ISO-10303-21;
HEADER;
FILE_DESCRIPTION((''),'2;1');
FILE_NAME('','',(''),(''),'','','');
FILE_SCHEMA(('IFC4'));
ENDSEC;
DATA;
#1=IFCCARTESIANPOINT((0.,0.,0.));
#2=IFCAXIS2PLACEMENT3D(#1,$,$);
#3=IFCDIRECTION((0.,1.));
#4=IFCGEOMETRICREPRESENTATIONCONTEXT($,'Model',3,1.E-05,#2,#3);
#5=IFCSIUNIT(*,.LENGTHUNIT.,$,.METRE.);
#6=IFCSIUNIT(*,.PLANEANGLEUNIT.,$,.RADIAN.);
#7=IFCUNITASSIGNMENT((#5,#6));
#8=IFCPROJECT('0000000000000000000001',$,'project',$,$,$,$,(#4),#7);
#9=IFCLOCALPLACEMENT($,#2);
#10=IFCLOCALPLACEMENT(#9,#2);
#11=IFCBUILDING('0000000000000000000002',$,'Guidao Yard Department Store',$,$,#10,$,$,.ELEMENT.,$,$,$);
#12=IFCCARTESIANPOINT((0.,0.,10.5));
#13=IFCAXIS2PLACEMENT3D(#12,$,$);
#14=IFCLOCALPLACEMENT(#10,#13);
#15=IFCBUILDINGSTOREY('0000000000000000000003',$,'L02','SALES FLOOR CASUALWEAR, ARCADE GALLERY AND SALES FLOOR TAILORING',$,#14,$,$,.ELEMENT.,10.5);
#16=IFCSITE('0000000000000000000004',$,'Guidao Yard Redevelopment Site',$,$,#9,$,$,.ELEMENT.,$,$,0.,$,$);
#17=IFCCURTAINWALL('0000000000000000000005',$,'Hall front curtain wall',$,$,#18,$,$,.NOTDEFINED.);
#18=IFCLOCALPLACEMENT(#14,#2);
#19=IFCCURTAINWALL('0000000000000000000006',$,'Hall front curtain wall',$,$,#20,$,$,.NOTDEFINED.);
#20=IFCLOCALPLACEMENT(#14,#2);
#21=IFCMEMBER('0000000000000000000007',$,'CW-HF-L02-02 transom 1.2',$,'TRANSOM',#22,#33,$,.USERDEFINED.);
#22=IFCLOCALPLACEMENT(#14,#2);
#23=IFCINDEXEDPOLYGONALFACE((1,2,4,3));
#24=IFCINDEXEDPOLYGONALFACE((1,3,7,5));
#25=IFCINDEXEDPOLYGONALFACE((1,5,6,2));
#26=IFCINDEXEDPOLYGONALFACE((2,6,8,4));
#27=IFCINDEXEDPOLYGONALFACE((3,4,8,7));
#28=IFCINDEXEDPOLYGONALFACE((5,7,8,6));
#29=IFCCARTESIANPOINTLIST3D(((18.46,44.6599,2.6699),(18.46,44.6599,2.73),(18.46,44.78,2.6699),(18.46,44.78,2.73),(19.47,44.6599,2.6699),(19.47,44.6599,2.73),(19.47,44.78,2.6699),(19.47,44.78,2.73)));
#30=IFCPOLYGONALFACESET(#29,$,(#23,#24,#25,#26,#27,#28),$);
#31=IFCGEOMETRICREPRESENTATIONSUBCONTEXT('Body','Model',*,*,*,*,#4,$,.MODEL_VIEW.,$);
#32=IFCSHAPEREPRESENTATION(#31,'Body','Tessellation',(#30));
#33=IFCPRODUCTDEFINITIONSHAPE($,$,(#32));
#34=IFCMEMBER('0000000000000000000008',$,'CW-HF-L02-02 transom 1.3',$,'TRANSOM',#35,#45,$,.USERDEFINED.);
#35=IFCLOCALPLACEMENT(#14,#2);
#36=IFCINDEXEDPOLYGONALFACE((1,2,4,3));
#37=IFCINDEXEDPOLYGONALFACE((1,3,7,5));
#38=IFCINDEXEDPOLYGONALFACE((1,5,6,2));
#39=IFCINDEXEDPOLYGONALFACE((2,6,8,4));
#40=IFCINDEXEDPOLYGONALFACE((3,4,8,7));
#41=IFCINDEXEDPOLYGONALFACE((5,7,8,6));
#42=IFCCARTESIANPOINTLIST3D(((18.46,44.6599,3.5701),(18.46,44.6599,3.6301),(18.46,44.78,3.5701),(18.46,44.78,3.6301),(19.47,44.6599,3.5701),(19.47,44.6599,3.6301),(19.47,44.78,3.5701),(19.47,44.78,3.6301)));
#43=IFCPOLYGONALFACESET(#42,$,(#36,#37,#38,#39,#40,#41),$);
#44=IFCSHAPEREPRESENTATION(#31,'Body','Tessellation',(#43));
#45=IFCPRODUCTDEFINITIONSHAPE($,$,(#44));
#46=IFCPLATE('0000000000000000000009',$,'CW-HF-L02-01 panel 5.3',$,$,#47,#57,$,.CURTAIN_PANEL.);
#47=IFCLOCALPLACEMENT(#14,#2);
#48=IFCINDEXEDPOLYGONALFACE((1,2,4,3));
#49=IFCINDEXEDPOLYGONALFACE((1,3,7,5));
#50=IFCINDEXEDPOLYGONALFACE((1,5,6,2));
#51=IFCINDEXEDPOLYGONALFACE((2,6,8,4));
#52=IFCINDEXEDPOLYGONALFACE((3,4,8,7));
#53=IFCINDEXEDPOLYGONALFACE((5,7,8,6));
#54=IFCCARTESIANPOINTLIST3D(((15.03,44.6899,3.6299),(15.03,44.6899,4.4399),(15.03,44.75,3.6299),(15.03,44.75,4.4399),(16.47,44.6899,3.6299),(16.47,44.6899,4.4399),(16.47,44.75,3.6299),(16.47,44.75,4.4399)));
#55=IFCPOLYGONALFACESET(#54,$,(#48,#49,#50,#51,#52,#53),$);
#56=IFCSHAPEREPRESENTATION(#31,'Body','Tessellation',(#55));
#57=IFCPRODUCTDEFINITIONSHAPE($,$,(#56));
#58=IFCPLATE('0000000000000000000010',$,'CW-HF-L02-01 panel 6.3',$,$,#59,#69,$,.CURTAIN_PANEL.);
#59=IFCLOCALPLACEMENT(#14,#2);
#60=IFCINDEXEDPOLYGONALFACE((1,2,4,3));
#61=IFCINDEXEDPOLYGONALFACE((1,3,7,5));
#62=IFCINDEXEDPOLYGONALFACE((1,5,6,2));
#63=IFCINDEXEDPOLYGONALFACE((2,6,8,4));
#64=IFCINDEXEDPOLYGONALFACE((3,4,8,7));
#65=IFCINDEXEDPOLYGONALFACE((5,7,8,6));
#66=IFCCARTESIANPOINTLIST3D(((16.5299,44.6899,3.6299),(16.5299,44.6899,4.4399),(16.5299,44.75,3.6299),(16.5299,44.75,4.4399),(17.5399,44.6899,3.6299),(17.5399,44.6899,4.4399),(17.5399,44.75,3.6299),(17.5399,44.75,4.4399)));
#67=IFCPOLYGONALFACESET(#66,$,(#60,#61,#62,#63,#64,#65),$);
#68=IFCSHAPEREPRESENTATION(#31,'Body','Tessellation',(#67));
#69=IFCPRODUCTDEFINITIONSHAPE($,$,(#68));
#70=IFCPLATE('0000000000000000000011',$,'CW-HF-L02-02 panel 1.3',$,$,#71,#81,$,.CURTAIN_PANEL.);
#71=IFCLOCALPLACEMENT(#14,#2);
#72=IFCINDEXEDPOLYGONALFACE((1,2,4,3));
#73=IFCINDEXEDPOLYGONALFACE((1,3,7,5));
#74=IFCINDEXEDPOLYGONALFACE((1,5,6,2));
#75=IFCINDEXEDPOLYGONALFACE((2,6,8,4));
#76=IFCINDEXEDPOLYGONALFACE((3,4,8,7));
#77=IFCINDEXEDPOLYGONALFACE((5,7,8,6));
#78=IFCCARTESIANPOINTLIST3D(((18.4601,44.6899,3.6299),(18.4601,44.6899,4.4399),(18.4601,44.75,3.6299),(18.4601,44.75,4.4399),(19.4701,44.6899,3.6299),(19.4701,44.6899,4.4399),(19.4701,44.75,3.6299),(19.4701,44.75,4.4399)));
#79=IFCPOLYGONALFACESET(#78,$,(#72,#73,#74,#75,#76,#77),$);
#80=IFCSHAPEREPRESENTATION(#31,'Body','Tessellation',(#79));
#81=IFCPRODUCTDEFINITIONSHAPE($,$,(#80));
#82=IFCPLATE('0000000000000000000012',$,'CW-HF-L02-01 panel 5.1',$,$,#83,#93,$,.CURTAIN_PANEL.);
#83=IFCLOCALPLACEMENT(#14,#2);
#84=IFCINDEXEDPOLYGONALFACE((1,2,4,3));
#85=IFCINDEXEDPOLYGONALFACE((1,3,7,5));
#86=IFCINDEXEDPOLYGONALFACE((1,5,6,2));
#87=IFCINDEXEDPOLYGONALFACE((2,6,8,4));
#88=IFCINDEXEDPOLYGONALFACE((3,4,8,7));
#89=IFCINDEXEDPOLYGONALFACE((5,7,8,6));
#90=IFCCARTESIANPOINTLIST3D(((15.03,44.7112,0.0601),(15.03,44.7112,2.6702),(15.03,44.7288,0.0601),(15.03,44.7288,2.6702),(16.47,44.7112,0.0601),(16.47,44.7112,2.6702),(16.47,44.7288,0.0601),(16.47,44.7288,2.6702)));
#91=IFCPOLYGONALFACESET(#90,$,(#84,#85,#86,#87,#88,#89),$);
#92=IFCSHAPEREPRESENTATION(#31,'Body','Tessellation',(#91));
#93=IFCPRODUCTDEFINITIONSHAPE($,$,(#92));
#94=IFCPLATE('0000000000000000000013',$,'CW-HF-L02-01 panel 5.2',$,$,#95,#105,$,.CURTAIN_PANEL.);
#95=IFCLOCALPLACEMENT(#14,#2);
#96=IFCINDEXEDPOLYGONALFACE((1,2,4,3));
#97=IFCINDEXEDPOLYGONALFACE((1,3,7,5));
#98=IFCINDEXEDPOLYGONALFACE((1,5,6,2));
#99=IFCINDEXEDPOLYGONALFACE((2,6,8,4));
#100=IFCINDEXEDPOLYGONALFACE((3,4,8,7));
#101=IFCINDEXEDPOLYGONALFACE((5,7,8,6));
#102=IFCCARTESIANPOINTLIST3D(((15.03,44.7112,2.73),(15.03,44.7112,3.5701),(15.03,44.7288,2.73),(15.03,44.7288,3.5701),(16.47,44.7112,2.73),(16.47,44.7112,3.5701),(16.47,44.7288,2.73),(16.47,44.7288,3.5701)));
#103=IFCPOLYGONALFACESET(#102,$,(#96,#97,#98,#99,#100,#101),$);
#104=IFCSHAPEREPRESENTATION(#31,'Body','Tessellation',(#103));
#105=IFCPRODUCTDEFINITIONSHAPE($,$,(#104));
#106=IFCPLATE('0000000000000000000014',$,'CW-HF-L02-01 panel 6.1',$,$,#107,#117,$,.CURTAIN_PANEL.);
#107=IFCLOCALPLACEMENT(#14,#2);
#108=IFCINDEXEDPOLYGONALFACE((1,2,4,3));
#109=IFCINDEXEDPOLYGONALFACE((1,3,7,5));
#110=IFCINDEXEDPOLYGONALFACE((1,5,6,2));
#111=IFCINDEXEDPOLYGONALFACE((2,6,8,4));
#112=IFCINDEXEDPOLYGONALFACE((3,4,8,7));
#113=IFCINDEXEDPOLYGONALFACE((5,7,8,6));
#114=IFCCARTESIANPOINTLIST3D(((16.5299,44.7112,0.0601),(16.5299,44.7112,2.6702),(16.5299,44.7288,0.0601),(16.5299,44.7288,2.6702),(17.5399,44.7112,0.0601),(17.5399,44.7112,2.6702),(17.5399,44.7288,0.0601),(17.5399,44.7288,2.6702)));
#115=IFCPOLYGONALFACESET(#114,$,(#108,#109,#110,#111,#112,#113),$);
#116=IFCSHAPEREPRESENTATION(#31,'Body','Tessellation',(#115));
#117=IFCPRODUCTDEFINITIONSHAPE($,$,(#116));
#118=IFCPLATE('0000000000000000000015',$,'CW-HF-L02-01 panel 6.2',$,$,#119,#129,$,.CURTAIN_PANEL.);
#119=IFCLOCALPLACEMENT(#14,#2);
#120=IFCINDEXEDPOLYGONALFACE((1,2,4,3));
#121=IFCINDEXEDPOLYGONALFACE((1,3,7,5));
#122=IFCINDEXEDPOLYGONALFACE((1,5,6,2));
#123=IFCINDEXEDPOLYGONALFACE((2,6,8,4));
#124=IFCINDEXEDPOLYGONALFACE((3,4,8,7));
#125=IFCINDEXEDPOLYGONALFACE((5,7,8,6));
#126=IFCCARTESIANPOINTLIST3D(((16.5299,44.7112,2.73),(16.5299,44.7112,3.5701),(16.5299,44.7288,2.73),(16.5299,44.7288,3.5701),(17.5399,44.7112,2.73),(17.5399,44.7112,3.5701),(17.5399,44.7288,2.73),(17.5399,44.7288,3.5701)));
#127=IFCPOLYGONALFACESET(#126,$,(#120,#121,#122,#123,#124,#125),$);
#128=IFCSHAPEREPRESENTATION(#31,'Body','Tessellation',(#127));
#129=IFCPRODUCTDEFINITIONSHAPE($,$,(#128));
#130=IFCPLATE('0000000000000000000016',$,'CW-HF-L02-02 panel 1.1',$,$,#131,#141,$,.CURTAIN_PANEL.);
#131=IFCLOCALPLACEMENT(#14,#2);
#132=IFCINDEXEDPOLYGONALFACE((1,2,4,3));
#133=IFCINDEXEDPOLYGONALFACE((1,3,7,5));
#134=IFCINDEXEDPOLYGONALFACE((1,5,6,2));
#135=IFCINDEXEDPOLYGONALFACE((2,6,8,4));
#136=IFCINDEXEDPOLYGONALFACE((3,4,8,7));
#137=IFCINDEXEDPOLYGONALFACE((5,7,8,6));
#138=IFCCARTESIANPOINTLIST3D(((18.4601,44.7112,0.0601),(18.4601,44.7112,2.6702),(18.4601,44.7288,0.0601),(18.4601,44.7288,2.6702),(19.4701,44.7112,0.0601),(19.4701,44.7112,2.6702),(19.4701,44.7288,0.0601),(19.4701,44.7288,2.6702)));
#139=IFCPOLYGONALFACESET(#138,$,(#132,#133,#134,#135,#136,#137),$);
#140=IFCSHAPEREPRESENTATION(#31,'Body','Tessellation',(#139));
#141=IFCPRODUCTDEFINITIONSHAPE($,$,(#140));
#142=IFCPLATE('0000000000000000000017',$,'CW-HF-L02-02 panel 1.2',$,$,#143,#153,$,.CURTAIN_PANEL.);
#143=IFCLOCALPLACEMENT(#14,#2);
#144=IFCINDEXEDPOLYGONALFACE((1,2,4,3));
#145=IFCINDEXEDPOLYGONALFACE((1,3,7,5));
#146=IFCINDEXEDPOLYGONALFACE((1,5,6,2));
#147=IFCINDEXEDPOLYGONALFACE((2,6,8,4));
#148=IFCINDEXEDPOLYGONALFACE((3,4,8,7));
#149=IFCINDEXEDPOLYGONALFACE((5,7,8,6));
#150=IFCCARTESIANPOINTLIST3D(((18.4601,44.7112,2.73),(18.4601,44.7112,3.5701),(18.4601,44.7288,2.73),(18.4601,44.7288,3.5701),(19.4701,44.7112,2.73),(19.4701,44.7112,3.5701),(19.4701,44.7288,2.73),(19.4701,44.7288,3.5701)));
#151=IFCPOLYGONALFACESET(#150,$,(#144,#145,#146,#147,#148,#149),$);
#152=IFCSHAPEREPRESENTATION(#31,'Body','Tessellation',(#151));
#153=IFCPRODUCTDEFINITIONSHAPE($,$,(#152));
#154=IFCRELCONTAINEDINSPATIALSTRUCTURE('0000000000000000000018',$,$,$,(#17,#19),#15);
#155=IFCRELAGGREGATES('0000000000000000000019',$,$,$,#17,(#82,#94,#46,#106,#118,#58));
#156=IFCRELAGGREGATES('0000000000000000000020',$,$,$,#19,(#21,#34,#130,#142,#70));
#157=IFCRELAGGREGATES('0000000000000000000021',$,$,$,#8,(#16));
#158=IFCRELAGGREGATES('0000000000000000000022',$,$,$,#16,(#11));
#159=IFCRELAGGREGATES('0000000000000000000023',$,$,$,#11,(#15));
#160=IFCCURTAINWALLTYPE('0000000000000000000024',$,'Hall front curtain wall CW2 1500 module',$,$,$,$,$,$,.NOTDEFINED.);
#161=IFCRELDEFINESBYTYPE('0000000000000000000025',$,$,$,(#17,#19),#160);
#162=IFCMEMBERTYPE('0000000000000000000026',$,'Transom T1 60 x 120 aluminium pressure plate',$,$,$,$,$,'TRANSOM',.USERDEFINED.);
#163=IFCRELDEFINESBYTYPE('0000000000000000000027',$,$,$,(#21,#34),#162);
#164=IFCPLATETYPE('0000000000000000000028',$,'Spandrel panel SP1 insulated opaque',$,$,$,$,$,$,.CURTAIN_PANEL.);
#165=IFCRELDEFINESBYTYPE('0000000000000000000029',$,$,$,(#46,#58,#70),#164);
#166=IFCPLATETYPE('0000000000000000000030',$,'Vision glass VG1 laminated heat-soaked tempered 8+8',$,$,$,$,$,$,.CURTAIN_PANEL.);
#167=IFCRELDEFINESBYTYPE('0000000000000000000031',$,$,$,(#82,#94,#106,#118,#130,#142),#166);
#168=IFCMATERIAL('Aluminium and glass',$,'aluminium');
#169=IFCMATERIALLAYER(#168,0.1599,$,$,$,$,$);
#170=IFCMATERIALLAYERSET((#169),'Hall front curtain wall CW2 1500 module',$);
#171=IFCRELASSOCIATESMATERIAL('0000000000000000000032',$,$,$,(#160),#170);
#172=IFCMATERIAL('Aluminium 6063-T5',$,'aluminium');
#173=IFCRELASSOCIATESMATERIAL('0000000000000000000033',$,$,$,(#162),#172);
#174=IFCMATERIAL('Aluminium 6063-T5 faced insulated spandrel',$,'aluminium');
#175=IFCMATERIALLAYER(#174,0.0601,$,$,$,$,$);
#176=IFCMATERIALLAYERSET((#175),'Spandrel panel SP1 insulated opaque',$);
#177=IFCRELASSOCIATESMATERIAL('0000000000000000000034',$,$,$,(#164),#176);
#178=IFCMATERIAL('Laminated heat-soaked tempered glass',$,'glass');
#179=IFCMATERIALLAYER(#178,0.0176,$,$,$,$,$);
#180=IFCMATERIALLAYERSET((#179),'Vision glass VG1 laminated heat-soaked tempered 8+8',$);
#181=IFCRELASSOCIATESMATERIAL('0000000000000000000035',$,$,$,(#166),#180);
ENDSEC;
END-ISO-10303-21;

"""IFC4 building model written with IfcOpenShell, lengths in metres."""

from ifc_helpers import new_model, si_unit, direction, frame, origin, origin_2d, place, context, subcontext, project, spatial, rectangle, extrude, material, layer, layer_set, material_profile, profile_set, type_object, element, aggregate, save


model = new_model("IFC4")

# Units and contexts
model_context = context("Model", 3, precision=1e-05, world=origin(), true_north=direction((0.0, 1.0)))
body_context = subcontext(model_context, "Body", "Model", "MODEL_VIEW")
ifc_project = project(units=[si_unit("LENGTHUNIT", "METRE"), si_unit("PLANEANGLEUNIT", "RADIAN")], contexts=[model_context])

# Site, building, storey
site_placement = place(None, origin())
site = spatial("IfcSite", under=ifc_project, at=site_placement, Name="Guidao Yard Redevelopment Site", CompositionType="ELEMENT", RefElevation=0.0)
building_placement = place(site_placement, origin())
building = spatial("IfcBuilding", under=site, at=building_placement, Name="Guidao Yard Department Store", CompositionType="ELEMENT")
storey_placement = place(building_placement, frame((0.0, 0.0, 10.5)))
storey = spatial("IfcBuildingStorey", under=building, at=storey_placement, Name="L02", Description="SALES FLOOR CASUALWEAR, ARCADE GALLERY AND SALES FLOOR TAILORING", CompositionType="ELEMENT", Elevation=10.5)

# Curtain wall
ifc_material_1 = material(Name="Aluminium and glass", Category="aluminium")
ifc_layer_1 = layer(ifc_material_1, 0.1599)
ifc_layer_set_1 = layer_set([ifc_layer_1], Name="Hall front curtain wall CW2 1500 module")
curtain_wall_type = type_object("IfcCurtainWallType", Name="Hall front curtain wall CW2 1500 module", PredefinedType="NOTDEFINED", material=ifc_layer_set_1)
curtain_wall_1_placement = place(storey_placement, origin())
curtain_wall_1 = element("IfcCurtainWall", 1, at=curtain_wall_1_placement, inside=storey, type_object=curtain_wall_type, Name="Hall front curtain wall", PredefinedType="NOTDEFINED")

# Curtain wall
curtain_wall_2_placement = place(storey_placement, origin())
curtain_wall_2 = element("IfcCurtainWall", 2, at=curtain_wall_2_placement, inside=storey, type_object=curtain_wall_type, Name="Hall front curtain wall", PredefinedType="NOTDEFINED")

# Members
ifc_material_2 = material(Name="Aluminium 6063-T5", Category="aluminium")
ifc_material_profile_1 = material_profile(ifc_material_2, rectangle(XDim=0.1201, YDim=0.0601, at=origin_2d()), Name="Transom T1 60 x 120 aluminium pressure plate")
ifc_profile_set_1 = profile_set([ifc_material_profile_1], Name="Aluminium 6063-T5")
member_type_1 = type_object("IfcMemberType", Name="Transom T1 60 x 120 aluminium pressure plate", ElementType="TRANSOM", PredefinedType="USERDEFINED", material=ifc_profile_set_1)
member_1_placement = place(storey_placement, frame((19.47, 44.72, 2.7), z_axis=(-1.0, 0.0, 0.0), x_axis=(0.0, -1.0, 0.0)))
member_1 = element("IfcMember", 3, at=member_1_placement, type_object=member_type_1, Name="CW-HF-L02-02 transom 1.2", ObjectType="TRANSOM", PredefinedType="USERDEFINED", context=body_context, shape_type="SweptSolid", body=[
    extrude(rectangle(XDim=0.1201, YDim=0.0601, at=origin_2d()), origin(), (0.0, 0.0, 1.0), 1.01),
])
member_2_placement = place(storey_placement, frame((19.47, 44.72, 3.6001), z_axis=(-1.0, 0.0, 0.0), x_axis=(0.0, -1.0, 0.0)))
member_2 = element("IfcMember", 4, at=member_2_placement, type_object=member_type_1, Name="CW-HF-L02-02 transom 1.3", ObjectType="TRANSOM", PredefinedType="USERDEFINED", context=body_context, shape_type="SweptSolid", body=[
    extrude(rectangle(XDim=0.1201, YDim=0.0601, at=origin_2d()), origin(), (0.0, 0.0, 1.0), 1.01),
])

# Plates
ifc_material_3 = material(Name="Aluminium 6063-T5 faced insulated spandrel", Category="aluminium")
ifc_layer_2 = layer(ifc_material_3, 0.0601)
ifc_layer_set_2 = layer_set([ifc_layer_2], Name="Spandrel panel SP1 insulated opaque")
plate_type_1 = type_object("IfcPlateType", Name="Spandrel panel SP1 insulated opaque", PredefinedType="CURTAIN_PANEL", material=ifc_layer_set_2)
plate_1_placement = place(storey_placement, frame((15.75, 44.72, 3.6299), z_axis=(0.0, 0.0, 1.0), x_axis=(-1.0, 0.0, 0.0)))
plate_1 = element("IfcPlate", 5, at=plate_1_placement, type_object=plate_type_1, Name="CW-HF-L02-01 panel 5.3", PredefinedType="CURTAIN_PANEL", context=body_context, shape_type="SweptSolid", body=[
    extrude(rectangle(XDim=1.4399, YDim=0.0601, at=origin_2d()), origin(), (0.0, 0.0, 1.0), 0.8101),
])
plate_2_placement = place(storey_placement, frame((17.0349, 44.72, 3.6299), z_axis=(0.0, 0.0, 1.0), x_axis=(-1.0, 0.0, 0.0)))
plate_2 = element("IfcPlate", 6, at=plate_2_placement, type_object=plate_type_1, Name="CW-HF-L02-01 panel 6.3", PredefinedType="CURTAIN_PANEL", context=body_context, shape_type="SweptSolid", body=[
    extrude(rectangle(XDim=1.01, YDim=0.0601, at=origin_2d()), origin(), (0.0, 0.0, 1.0), 0.8101),
])
plate_3_placement = place(storey_placement, frame((18.9651, 44.72, 3.6299), z_axis=(0.0, 0.0, 1.0), x_axis=(-1.0, 0.0, 0.0)))
plate_3 = element("IfcPlate", 7, at=plate_3_placement, type_object=plate_type_1, Name="CW-HF-L02-02 panel 1.3", PredefinedType="CURTAIN_PANEL", context=body_context, shape_type="SweptSolid", body=[
    extrude(rectangle(XDim=1.01, YDim=0.0601, at=origin_2d()), origin(), (0.0, 0.0, 1.0), 0.8101),
])
ifc_material_4 = material(Name="Laminated heat-soaked tempered glass", Category="glass")
ifc_layer_3 = layer(ifc_material_4, 0.0176)
ifc_layer_set_3 = layer_set([ifc_layer_3], Name="Vision glass VG1 laminated heat-soaked tempered 8+8")
plate_type_2 = type_object("IfcPlateType", Name="Vision glass VG1 laminated heat-soaked tempered 8+8", PredefinedType="CURTAIN_PANEL", material=ifc_layer_set_3)
plate_4_placement = place(storey_placement, frame((15.75, 44.72, 0.0601), z_axis=(0.0, 0.0, 1.0), x_axis=(-1.0, 0.0, 0.0)))
plate_4 = element("IfcPlate", 8, at=plate_4_placement, type_object=plate_type_2, Name="CW-HF-L02-01 panel 5.1", PredefinedType="CURTAIN_PANEL", context=body_context, shape_type="SweptSolid", body=[
    extrude(rectangle(XDim=1.4399, YDim=0.0176, at=origin_2d()), origin(), (0.0, 0.0, 1.0), 2.6101),
])
plate_5_placement = place(storey_placement, frame((15.75, 44.72, 2.73), z_axis=(0.0, 0.0, 1.0), x_axis=(-1.0, 0.0, 0.0)))
plate_5 = element("IfcPlate", 9, at=plate_5_placement, type_object=plate_type_2, Name="CW-HF-L02-01 panel 5.2", PredefinedType="CURTAIN_PANEL", context=body_context, shape_type="SweptSolid", body=[
    extrude(rectangle(XDim=1.4399, YDim=0.0176, at=origin_2d()), origin(), (0.0, 0.0, 1.0), 0.8401),
])
plate_6_placement = place(storey_placement, frame((17.0349, 44.72, 0.0601), z_axis=(0.0, 0.0, 1.0), x_axis=(-1.0, 0.0, 0.0)))
plate_6 = element("IfcPlate", 10, at=plate_6_placement, type_object=plate_type_2, Name="CW-HF-L02-01 panel 6.1", PredefinedType="CURTAIN_PANEL", context=body_context, shape_type="SweptSolid", body=[
    extrude(rectangle(XDim=1.01, YDim=0.0176, at=origin_2d()), origin(), (0.0, 0.0, 1.0), 2.6101),
])
plate_7_placement = place(storey_placement, frame((17.0349, 44.72, 2.73), z_axis=(0.0, 0.0, 1.0), x_axis=(-1.0, 0.0, 0.0)))
plate_7 = element("IfcPlate", 11, at=plate_7_placement, type_object=plate_type_2, Name="CW-HF-L02-01 panel 6.2", PredefinedType="CURTAIN_PANEL", context=body_context, shape_type="SweptSolid", body=[
    extrude(rectangle(XDim=1.01, YDim=0.0176, at=origin_2d()), origin(), (0.0, 0.0, 1.0), 0.8401),
])
aggregate(curtain_wall_1, [plate_4, plate_5, plate_1, plate_6, plate_7, plate_2])
plate_8_placement = place(storey_placement, frame((18.9651, 44.72, 0.0601), z_axis=(0.0, 0.0, 1.0), x_axis=(-1.0, 0.0, 0.0)))
plate_8 = element("IfcPlate", 12, at=plate_8_placement, type_object=plate_type_2, Name="CW-HF-L02-02 panel 1.1", PredefinedType="CURTAIN_PANEL", context=body_context, shape_type="SweptSolid", body=[
    extrude(rectangle(XDim=1.01, YDim=0.0176, at=origin_2d()), origin(), (0.0, 0.0, 1.0), 2.6101),
])
plate_9_placement = place(storey_placement, frame((18.9651, 44.72, 2.73), z_axis=(0.0, 0.0, 1.0), x_axis=(-1.0, 0.0, 0.0)))
plate_9 = element("IfcPlate", 13, at=plate_9_placement, type_object=plate_type_2, Name="CW-HF-L02-02 panel 1.2", PredefinedType="CURTAIN_PANEL", context=body_context, shape_type="SweptSolid", body=[
    extrude(rectangle(XDim=1.01, YDim=0.0176, at=origin_2d()), origin(), (0.0, 0.0, 1.0), 0.8401),
])
aggregate(curtain_wall_2, [member_1, member_2, plate_8, plate_9, plate_3])

save(model, "model.ifc")
